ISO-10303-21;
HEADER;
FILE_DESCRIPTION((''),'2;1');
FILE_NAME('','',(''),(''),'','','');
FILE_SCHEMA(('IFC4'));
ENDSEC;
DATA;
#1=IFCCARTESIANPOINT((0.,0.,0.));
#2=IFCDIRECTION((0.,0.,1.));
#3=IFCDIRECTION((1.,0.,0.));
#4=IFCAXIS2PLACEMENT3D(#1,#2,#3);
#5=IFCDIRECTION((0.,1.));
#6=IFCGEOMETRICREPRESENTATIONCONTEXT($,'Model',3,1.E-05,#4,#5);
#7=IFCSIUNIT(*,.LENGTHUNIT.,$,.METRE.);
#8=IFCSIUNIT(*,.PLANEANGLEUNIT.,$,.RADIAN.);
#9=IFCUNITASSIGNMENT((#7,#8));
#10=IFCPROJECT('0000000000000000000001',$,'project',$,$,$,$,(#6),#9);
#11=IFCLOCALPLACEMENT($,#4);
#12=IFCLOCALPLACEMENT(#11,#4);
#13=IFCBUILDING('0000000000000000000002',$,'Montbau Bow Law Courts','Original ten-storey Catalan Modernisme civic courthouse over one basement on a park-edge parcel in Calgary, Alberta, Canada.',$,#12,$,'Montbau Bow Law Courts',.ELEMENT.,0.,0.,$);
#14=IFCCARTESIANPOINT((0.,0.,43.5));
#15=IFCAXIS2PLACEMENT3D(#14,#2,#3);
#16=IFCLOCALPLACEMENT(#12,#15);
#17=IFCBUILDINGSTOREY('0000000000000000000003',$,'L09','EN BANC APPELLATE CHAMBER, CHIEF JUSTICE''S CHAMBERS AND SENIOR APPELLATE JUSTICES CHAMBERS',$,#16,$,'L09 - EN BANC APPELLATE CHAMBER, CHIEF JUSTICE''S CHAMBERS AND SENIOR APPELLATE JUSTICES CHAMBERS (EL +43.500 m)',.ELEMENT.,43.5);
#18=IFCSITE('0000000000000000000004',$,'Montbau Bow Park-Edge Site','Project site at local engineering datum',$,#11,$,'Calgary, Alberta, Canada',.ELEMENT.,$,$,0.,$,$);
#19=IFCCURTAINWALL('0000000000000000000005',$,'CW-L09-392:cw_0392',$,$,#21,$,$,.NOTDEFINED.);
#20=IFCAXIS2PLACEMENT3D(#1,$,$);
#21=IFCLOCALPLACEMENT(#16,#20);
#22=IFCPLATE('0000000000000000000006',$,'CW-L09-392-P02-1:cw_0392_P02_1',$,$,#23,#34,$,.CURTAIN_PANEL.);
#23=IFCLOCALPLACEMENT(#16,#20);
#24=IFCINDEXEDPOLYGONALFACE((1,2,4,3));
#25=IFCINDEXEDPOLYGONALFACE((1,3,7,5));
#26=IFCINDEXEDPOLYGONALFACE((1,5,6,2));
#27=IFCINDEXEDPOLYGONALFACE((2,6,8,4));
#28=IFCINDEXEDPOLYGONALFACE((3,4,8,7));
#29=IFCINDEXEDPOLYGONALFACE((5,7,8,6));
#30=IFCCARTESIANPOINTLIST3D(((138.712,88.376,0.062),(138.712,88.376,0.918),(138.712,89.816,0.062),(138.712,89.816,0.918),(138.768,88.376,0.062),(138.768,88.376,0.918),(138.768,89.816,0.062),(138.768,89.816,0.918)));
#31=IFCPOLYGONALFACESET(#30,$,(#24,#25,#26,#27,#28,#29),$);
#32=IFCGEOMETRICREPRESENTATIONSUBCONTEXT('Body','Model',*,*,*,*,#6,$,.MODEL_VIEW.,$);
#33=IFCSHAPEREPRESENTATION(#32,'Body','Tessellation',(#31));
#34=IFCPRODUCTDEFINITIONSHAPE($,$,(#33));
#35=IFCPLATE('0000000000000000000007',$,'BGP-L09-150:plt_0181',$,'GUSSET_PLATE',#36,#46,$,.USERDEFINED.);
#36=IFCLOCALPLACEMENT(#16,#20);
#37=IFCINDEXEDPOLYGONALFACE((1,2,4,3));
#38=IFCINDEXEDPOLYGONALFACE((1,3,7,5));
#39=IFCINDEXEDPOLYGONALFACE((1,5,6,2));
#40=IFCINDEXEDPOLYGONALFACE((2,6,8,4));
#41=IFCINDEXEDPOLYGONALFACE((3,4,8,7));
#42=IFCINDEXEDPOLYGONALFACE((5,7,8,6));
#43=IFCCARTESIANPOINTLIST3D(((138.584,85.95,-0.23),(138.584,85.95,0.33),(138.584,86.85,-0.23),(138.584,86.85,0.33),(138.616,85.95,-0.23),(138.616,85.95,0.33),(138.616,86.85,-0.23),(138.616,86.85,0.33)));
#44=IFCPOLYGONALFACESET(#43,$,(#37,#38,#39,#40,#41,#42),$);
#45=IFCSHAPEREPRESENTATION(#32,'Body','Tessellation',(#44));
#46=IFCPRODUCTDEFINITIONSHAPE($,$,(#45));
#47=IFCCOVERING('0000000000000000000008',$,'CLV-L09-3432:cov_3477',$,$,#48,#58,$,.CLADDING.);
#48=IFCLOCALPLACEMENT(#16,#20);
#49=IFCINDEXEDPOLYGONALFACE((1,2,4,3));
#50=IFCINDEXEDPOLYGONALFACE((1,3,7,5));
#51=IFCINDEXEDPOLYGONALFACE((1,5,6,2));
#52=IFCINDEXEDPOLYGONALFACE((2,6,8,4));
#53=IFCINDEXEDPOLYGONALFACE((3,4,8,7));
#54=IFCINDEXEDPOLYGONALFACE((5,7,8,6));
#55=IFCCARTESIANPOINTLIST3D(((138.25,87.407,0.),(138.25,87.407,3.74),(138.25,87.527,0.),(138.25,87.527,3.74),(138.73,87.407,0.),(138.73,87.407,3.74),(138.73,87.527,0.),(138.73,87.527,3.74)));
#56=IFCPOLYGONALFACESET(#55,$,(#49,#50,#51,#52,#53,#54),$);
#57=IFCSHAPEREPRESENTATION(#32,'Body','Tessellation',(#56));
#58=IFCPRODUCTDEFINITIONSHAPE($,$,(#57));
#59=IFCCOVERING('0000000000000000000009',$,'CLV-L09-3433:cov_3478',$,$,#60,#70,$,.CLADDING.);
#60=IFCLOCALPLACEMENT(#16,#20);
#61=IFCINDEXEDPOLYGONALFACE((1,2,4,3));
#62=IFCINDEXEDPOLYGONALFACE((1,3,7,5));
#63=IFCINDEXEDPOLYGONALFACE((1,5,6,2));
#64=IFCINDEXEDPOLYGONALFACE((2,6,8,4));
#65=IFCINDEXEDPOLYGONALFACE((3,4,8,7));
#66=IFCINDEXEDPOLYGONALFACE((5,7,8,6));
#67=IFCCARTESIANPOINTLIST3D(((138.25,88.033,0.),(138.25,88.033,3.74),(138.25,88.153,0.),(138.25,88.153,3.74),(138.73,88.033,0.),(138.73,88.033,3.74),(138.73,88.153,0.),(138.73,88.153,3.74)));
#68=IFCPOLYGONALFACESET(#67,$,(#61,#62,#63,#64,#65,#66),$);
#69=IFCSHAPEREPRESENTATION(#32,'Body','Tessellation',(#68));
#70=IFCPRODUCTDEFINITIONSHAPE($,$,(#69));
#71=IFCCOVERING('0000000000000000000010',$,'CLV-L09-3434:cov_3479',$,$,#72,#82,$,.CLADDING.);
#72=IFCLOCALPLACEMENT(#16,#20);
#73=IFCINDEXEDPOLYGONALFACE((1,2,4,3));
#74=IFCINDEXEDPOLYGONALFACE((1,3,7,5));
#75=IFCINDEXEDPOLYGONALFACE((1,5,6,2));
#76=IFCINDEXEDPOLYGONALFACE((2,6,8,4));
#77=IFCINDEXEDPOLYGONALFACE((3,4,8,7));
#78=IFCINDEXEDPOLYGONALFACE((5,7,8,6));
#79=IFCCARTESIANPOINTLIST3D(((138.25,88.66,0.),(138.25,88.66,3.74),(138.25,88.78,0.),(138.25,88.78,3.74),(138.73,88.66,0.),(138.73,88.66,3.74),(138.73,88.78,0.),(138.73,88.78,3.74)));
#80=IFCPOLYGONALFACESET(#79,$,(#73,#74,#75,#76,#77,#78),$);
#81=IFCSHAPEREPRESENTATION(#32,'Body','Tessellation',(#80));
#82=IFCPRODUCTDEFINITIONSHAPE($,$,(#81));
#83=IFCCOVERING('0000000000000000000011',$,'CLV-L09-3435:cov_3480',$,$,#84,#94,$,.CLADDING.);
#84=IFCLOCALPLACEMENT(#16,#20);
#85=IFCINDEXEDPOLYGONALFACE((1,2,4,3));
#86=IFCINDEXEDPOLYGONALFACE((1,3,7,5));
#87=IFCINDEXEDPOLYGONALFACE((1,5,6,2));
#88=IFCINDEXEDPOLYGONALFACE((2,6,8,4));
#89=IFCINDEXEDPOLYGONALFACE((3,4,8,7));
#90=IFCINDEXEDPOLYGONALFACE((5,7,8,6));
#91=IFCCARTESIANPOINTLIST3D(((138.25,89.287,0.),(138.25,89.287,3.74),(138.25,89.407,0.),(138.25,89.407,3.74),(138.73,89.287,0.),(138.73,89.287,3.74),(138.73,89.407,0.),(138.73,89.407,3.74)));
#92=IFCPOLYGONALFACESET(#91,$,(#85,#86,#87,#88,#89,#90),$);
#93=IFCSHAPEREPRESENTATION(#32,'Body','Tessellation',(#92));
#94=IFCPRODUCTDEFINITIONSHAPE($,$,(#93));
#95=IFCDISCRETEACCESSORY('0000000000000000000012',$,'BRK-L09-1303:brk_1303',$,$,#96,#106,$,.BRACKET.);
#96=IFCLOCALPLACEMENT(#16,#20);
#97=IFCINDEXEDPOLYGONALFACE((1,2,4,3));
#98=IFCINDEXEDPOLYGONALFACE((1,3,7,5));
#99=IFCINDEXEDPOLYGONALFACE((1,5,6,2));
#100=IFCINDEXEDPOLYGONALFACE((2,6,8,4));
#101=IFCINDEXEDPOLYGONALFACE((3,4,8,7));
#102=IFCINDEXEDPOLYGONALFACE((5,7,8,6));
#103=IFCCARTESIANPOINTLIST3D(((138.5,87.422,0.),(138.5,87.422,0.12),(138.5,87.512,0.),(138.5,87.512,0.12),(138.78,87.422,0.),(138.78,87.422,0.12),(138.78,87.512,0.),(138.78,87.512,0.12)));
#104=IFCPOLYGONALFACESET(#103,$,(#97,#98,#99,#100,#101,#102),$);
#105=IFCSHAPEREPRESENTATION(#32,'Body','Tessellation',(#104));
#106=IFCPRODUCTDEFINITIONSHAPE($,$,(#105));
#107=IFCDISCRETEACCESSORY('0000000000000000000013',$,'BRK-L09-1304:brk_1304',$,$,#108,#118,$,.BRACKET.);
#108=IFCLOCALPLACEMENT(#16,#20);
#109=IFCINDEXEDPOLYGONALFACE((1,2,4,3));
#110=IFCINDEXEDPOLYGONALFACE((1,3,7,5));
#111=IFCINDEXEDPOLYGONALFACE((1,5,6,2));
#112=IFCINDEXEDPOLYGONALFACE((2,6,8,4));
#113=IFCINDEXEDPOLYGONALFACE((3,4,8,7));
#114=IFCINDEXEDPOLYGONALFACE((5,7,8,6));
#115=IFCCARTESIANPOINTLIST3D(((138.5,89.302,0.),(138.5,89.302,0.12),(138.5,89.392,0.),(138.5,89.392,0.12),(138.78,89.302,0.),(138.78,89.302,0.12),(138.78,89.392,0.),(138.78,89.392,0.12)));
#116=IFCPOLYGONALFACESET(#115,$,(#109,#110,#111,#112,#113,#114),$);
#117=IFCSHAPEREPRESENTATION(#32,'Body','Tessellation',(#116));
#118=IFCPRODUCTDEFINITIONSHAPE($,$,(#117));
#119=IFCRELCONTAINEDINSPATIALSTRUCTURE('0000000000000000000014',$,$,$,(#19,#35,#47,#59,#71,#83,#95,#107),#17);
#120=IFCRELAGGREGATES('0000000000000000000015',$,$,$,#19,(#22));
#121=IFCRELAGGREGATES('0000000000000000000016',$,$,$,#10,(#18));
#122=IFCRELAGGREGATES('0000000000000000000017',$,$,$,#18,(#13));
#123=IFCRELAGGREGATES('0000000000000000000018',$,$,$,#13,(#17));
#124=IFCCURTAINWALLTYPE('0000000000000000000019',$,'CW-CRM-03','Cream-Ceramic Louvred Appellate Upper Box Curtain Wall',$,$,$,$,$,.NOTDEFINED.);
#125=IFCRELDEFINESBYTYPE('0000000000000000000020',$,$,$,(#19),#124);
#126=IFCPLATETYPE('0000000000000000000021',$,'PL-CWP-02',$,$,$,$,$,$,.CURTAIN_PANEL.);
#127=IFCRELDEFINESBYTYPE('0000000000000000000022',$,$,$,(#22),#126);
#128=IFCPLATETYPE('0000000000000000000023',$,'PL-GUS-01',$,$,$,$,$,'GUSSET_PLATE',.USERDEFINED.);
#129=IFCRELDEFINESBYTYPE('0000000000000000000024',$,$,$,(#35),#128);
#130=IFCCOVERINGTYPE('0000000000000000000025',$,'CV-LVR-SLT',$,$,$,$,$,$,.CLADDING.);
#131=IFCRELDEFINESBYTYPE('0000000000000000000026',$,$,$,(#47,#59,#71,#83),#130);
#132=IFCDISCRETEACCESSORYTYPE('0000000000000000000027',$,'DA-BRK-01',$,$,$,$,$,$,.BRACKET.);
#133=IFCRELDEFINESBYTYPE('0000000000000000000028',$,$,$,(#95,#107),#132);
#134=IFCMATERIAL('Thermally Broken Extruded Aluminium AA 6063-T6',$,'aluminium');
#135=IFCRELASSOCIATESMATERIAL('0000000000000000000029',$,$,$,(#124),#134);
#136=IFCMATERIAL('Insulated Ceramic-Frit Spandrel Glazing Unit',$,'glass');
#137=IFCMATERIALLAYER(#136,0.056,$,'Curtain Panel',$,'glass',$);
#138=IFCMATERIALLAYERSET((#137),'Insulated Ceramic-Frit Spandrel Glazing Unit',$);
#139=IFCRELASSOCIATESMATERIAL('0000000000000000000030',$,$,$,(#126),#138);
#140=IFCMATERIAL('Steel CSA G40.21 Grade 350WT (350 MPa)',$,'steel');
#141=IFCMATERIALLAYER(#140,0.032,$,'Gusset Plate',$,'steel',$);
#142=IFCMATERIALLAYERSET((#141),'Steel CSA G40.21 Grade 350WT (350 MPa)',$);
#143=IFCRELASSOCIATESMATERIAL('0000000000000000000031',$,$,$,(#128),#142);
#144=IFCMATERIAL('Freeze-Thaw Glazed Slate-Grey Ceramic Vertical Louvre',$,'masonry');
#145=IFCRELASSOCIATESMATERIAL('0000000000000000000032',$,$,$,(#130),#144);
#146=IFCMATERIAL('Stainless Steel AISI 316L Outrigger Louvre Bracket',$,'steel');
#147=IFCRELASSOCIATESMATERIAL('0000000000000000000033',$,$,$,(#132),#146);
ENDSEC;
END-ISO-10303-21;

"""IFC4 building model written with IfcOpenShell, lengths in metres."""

from ifc_helpers import new_model, si_unit, direction, frame, frame_2d, origin_with_axes, origin_2d_with_axis, place, context, subcontext, project, spatial, rectangle, extrude, material, layer, layer_set, type_object, element, aggregate, save


model = new_model("IFC4")

# Units and contexts
model_context = context("Model", 3, precision=1e-05, world=origin_with_axes(), true_north=direction((0.0, 1.0)))
body_context = subcontext(model_context, "Body", "Model", "MODEL_VIEW")
ifc_project = project(units=[si_unit("LENGTHUNIT", "METRE"), si_unit("PLANEANGLEUNIT", "RADIAN")], contexts=[model_context])

# Site, building, storey
site_placement = place(None, origin_with_axes())
site = spatial("IfcSite", under=ifc_project, at=site_placement, Name="Montbau Bow Park-Edge Site", Description="Project site at local engineering datum", LongName="Calgary, Alberta, Canada", CompositionType="ELEMENT", RefElevation=0.0)
building_placement = place(site_placement, origin_with_axes())
building = spatial("IfcBuilding", under=site, at=building_placement, Name="Montbau Bow Law Courts", Description="Original ten-storey Catalan Modernisme civic courthouse over one basement on a park-edge parcel in Calgary, Alberta, Canada.", LongName="Montbau Bow Law Courts", CompositionType="ELEMENT", ElevationOfRefHeight=0.0, ElevationOfTerrain=0.0)
storey_placement = place(building_placement, frame((0.0, 0.0, 43.5), z_axis=(0.0, 0.0, 1.0), x_axis=(1.0, 0.0, 0.0)))
storey = spatial("IfcBuildingStorey", under=building, at=storey_placement, Name="L09", Description="EN BANC APPELLATE CHAMBER, CHIEF JUSTICE'S CHAMBERS AND SENIOR APPELLATE JUSTICES CHAMBERS", LongName="L09 - EN BANC APPELLATE CHAMBER, CHIEF JUSTICE'S CHAMBERS AND SENIOR APPELLATE JUSTICES CHAMBERS (EL +43.500 m)", CompositionType="ELEMENT", Elevation=43.5)

# Curtain wall, plate
ifc_material_1 = material(Name="Thermally Broken Extruded Aluminium AA 6063-T6", Category="aluminium")
curtain_wall_type = type_object("IfcCurtainWallType", Name="CW-CRM-03", Description="Cream-Ceramic Louvred Appellate Upper Box Curtain Wall", PredefinedType="NOTDEFINED", material=ifc_material_1)
curtain_wall_placement = place(None, frame((138.74, 86.84, 43.5), z_axis=(0.0, 0.0, 1.0), x_axis=(1.0, 0.0, 0.0)))
curtain_wall = element("IfcCurtainWall", 1, at=curtain_wall_placement, inside=storey, type_object=curtain_wall_type, Name="CW-L09-392:cw_0392", PredefinedType="NOTDEFINED")
ifc_material_2 = material(Name="Insulated Ceramic-Frit Spandrel Glazing Unit", Category="glass")
ifc_layer_1 = layer(ifc_material_2, 0.056, Name="Curtain Panel", Category="glass")
ifc_layer_set_1 = layer_set([ifc_layer_1], Name="Insulated Ceramic-Frit Spandrel Glazing Unit")
plate_type_1 = type_object("IfcPlateType", Name="PL-CWP-02", PredefinedType="CURTAIN_PANEL", material=ifc_layer_set_1)
plate_1_placement = place(None, frame((138.74, 88.376, 43.562), z_axis=(1.0, 0.0, 0.0), x_axis=(0.0, 1.0, 0.0)))
plate_1 = element("IfcPlate", 2, at=plate_1_placement, type_object=plate_type_1, Name="CW-L09-392-P02-1:cw_0392_P02_1", PredefinedType="CURTAIN_PANEL", context=body_context, shape_type="SweptSolid", body=[
    extrude(rectangle(XDim=1.44, YDim=0.856, at=frame_2d((0.72, 0.428), x_axis=(1.0, 0.0))), frame((0.0, 0.0, -0.028), z_axis=(0.0, 0.0, 1.0), x_axis=(1.0, 0.0, 0.0)), (0.0, 0.0, 1.0), 0.056),
])
aggregate(curtain_wall, [plate_1])

# Plate
ifc_material_3 = material(Name="Steel CSA G40.21 Grade 350WT (350 MPa)", Category="steel")
ifc_layer_2 = layer(ifc_material_3, 0.032, Name="Gusset Plate", Category="steel")
ifc_layer_set_2 = layer_set([ifc_layer_2], Name="Steel CSA G40.21 Grade 350WT (350 MPa)")
plate_type_2 = type_object("IfcPlateType", Name="PL-GUS-01", ElementType="GUSSET_PLATE", PredefinedType="USERDEFINED", material=ifc_layer_set_2)
plate_2_placement = place(None, frame((138.6, 86.4, 43.27), z_axis=(0.0, 0.0, 1.0), x_axis=(0.0, 1.0, 0.0)))
element("IfcPlate", 3, at=plate_2_placement, inside=storey, type_object=plate_type_2, Name="BGP-L09-150:plt_0181", ObjectType="GUSSET_PLATE", PredefinedType="USERDEFINED", context=body_context, shape_type="SweptSolid", body=[
    extrude(rectangle(XDim=0.9, YDim=0.032, at=origin_2d_with_axis()), origin_with_axes(), (0.0, 0.0, 1.0), 0.56),
])

# Coverings
ifc_material_4 = material(Name="Freeze-Thaw Glazed Slate-Grey Ceramic Vertical Louvre", Category="masonry")
covering_type = type_object("IfcCoveringType", Name="CV-LVR-SLT", PredefinedType="CLADDING", material=ifc_material_4)
for number, where, z_axis, x_axis, name in (
    (4, (138.73, 87.467, 43.5), (0.0, 1.0, 0.0), (-1.0, 0.0, 0.0), "CLV-L09-3432:cov_3477"),
    (5, (138.73, 88.093, 43.5), (0.0, 1.0, 0.0), (-1.0, 0.0, 0.0), "CLV-L09-3433:cov_3478"),
    (6, (138.73, 88.72, 43.5), (0.0, 1.0, 0.0), (-1.0, 0.0, 0.0), "CLV-L09-3434:cov_3479"),
    (7, (138.73, 89.347, 43.5), (0.0, 1.0, 0.0), (-1.0, 0.0, 0.0), "CLV-L09-3435:cov_3480"),
):
    element("IfcCovering", number, at=place(None, frame(where, z_axis=z_axis, x_axis=x_axis)), inside=storey, type_object=covering_type, Name=name, PredefinedType="CLADDING", context=body_context, shape_type="SweptSolid", body=[
        extrude(rectangle(XDim=0.48, YDim=3.74, at=frame_2d((0.24, 1.87), x_axis=(1.0, 0.0))), frame((0.0, 0.0, -0.06), z_axis=(0.0, 0.0, 1.0), x_axis=(1.0, 0.0, 0.0)), (0.0, 0.0, 1.0), 0.12),
    ])

# Discrete accessories
ifc_material_5 = material(Name="Stainless Steel AISI 316L Outrigger Louvre Bracket", Category="steel")
discrete_accessory_type = type_object("IfcDiscreteAccessoryType", Name="DA-BRK-01", PredefinedType="BRACKET", material=ifc_material_5)
for number, where, z_axis, x_axis, name in (
    (8, (138.64, 87.467, 43.5), (0.0, 0.0, 1.0), (-1.0, 0.0, 0.0), "BRK-L09-1303:brk_1303"),
    (9, (138.64, 89.347, 43.5), (0.0, 0.0, 1.0), (-1.0, 0.0, 0.0), "BRK-L09-1304:brk_1304"),
):
    element("IfcDiscreteAccessory", number, at=place(None, frame(where, z_axis=z_axis, x_axis=x_axis)), inside=storey, type_object=discrete_accessory_type, Name=name, PredefinedType="BRACKET", context=body_context, shape_type="SweptSolid", body=[
        extrude(rectangle(XDim=0.28, YDim=0.09, at=origin_2d_with_axis()), origin_with_axes(), (0.0, 0.0, 1.0), 0.12),
    ])

save(model, "model.ifc")
